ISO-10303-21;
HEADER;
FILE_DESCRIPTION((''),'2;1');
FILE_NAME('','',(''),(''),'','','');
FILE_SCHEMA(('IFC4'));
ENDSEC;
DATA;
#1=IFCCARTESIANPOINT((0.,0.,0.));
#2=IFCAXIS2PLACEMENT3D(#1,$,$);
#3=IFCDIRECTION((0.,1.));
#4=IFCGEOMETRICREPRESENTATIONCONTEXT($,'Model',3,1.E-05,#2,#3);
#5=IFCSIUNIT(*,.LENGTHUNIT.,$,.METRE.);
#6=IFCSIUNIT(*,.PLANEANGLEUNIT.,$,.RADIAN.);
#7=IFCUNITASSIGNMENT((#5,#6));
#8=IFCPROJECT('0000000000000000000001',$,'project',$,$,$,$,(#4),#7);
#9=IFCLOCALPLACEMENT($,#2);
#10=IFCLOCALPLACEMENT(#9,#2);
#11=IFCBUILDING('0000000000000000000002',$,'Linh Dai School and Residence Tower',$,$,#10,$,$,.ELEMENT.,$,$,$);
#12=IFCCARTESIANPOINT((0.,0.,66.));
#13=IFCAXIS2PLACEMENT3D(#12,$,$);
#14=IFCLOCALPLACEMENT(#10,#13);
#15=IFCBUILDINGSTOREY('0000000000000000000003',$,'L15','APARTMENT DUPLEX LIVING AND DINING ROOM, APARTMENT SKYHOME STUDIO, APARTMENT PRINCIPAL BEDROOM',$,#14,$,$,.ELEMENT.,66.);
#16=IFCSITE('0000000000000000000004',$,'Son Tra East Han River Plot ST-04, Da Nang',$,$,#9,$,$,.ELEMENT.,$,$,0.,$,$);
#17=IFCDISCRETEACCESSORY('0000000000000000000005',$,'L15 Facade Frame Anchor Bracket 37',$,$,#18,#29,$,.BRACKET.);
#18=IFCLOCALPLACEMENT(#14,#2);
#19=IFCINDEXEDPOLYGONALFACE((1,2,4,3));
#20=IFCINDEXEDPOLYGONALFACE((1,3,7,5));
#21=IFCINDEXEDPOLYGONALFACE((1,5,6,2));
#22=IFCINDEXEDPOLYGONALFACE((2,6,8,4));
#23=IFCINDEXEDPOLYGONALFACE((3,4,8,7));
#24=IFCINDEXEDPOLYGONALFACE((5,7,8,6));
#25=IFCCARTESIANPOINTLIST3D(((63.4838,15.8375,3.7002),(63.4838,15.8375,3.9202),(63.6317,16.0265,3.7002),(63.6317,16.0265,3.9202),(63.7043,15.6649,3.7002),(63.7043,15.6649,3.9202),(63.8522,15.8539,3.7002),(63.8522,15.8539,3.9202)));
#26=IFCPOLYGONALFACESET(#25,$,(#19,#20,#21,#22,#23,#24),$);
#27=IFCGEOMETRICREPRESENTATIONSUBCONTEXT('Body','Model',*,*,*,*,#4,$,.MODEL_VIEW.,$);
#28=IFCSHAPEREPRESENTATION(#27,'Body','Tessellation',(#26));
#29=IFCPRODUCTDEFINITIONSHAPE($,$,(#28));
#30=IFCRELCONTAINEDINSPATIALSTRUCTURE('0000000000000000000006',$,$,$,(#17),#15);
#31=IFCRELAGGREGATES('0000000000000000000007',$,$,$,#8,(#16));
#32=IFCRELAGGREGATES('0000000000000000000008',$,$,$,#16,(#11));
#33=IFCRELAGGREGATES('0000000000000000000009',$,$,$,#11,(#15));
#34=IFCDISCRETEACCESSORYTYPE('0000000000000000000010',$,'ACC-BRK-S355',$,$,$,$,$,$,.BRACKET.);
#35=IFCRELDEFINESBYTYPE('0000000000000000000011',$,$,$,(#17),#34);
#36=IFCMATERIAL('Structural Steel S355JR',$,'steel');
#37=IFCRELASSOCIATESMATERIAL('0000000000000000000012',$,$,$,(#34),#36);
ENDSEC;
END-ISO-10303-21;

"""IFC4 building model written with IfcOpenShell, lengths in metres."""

from ifc_helpers import new_model, si_unit, direction, frame, origin, origin_2d, place, context, subcontext, project, spatial, rectangle, extrude, source, transform, mapped, material, type_object, element, save


model = new_model("IFC4")

# Units and contexts
model_context = context("Model", 3, precision=1e-05, world=origin(), true_north=direction((0.0, 1.0)))
body_context = subcontext(model_context, "Body", "Model", "MODEL_VIEW")
ifc_project = project(units=[si_unit("LENGTHUNIT", "METRE"), si_unit("PLANEANGLEUNIT", "RADIAN")], contexts=[model_context])

# Site, building, storey
site_placement = place(None, origin())
site = spatial("IfcSite", under=ifc_project, at=site_placement, Name="Son Tra East Han River Plot ST-04, Da Nang", CompositionType="ELEMENT", RefElevation=0.0)
building_placement = place(site_placement, origin())
building = spatial("IfcBuilding", under=site, at=building_placement, Name="Linh Dai School and Residence Tower", CompositionType="ELEMENT")
storey_placement = place(building_placement, frame((0.0, 0.0, 66.0)))
storey = spatial("IfcBuildingStorey", under=building, at=storey_placement, Name="L15", Description="APARTMENT DUPLEX LIVING AND DINING ROOM, APARTMENT SKYHOME STUDIO, APARTMENT PRINCIPAL BEDROOM", CompositionType="ELEMENT", Elevation=66.0)

# Shared definitions
ifc_material_1 = material(Name="Structural Steel S355JR", Category="steel")

# Discrete accessory
discrete_accessory_type = type_object("IfcDiscreteAccessoryType", Name="ACC-BRK-S355", PredefinedType="BRACKET", material=ifc_material_1)
shared_shape_1 = source(origin(), body_context, "Body", "SweptSolid", [
    extrude(rectangle(XDim=0.28, YDim=0.24, at=origin_2d()), origin(), (0.0, 0.0, 1.0), 0.22),
])
discrete_accessory_placement = place(storey_placement, frame((63.668, 15.8457, 3.7002), z_axis=(0.0, 0.0, 1.0), x_axis=(0.787496, -0.616319, 0.0)))
element("IfcDiscreteAccessory", 1, at=discrete_accessory_placement, inside=storey, type_object=discrete_accessory_type, Name="L15 Facade Frame Anchor Bracket 37", PredefinedType="BRACKET", context=body_context, shape_type="MappedRepresentation", body=[
    mapped(shared_shape_1, transform((0.0, 0.0, 0.0), x_axis=(1.0, 0.0, 0.0), y_axis=(0.0, 1.0, 0.0), z_axis=(0.0, 0.0, 1.0), scale=1.0)),
])

save(model, "model.ifc")
